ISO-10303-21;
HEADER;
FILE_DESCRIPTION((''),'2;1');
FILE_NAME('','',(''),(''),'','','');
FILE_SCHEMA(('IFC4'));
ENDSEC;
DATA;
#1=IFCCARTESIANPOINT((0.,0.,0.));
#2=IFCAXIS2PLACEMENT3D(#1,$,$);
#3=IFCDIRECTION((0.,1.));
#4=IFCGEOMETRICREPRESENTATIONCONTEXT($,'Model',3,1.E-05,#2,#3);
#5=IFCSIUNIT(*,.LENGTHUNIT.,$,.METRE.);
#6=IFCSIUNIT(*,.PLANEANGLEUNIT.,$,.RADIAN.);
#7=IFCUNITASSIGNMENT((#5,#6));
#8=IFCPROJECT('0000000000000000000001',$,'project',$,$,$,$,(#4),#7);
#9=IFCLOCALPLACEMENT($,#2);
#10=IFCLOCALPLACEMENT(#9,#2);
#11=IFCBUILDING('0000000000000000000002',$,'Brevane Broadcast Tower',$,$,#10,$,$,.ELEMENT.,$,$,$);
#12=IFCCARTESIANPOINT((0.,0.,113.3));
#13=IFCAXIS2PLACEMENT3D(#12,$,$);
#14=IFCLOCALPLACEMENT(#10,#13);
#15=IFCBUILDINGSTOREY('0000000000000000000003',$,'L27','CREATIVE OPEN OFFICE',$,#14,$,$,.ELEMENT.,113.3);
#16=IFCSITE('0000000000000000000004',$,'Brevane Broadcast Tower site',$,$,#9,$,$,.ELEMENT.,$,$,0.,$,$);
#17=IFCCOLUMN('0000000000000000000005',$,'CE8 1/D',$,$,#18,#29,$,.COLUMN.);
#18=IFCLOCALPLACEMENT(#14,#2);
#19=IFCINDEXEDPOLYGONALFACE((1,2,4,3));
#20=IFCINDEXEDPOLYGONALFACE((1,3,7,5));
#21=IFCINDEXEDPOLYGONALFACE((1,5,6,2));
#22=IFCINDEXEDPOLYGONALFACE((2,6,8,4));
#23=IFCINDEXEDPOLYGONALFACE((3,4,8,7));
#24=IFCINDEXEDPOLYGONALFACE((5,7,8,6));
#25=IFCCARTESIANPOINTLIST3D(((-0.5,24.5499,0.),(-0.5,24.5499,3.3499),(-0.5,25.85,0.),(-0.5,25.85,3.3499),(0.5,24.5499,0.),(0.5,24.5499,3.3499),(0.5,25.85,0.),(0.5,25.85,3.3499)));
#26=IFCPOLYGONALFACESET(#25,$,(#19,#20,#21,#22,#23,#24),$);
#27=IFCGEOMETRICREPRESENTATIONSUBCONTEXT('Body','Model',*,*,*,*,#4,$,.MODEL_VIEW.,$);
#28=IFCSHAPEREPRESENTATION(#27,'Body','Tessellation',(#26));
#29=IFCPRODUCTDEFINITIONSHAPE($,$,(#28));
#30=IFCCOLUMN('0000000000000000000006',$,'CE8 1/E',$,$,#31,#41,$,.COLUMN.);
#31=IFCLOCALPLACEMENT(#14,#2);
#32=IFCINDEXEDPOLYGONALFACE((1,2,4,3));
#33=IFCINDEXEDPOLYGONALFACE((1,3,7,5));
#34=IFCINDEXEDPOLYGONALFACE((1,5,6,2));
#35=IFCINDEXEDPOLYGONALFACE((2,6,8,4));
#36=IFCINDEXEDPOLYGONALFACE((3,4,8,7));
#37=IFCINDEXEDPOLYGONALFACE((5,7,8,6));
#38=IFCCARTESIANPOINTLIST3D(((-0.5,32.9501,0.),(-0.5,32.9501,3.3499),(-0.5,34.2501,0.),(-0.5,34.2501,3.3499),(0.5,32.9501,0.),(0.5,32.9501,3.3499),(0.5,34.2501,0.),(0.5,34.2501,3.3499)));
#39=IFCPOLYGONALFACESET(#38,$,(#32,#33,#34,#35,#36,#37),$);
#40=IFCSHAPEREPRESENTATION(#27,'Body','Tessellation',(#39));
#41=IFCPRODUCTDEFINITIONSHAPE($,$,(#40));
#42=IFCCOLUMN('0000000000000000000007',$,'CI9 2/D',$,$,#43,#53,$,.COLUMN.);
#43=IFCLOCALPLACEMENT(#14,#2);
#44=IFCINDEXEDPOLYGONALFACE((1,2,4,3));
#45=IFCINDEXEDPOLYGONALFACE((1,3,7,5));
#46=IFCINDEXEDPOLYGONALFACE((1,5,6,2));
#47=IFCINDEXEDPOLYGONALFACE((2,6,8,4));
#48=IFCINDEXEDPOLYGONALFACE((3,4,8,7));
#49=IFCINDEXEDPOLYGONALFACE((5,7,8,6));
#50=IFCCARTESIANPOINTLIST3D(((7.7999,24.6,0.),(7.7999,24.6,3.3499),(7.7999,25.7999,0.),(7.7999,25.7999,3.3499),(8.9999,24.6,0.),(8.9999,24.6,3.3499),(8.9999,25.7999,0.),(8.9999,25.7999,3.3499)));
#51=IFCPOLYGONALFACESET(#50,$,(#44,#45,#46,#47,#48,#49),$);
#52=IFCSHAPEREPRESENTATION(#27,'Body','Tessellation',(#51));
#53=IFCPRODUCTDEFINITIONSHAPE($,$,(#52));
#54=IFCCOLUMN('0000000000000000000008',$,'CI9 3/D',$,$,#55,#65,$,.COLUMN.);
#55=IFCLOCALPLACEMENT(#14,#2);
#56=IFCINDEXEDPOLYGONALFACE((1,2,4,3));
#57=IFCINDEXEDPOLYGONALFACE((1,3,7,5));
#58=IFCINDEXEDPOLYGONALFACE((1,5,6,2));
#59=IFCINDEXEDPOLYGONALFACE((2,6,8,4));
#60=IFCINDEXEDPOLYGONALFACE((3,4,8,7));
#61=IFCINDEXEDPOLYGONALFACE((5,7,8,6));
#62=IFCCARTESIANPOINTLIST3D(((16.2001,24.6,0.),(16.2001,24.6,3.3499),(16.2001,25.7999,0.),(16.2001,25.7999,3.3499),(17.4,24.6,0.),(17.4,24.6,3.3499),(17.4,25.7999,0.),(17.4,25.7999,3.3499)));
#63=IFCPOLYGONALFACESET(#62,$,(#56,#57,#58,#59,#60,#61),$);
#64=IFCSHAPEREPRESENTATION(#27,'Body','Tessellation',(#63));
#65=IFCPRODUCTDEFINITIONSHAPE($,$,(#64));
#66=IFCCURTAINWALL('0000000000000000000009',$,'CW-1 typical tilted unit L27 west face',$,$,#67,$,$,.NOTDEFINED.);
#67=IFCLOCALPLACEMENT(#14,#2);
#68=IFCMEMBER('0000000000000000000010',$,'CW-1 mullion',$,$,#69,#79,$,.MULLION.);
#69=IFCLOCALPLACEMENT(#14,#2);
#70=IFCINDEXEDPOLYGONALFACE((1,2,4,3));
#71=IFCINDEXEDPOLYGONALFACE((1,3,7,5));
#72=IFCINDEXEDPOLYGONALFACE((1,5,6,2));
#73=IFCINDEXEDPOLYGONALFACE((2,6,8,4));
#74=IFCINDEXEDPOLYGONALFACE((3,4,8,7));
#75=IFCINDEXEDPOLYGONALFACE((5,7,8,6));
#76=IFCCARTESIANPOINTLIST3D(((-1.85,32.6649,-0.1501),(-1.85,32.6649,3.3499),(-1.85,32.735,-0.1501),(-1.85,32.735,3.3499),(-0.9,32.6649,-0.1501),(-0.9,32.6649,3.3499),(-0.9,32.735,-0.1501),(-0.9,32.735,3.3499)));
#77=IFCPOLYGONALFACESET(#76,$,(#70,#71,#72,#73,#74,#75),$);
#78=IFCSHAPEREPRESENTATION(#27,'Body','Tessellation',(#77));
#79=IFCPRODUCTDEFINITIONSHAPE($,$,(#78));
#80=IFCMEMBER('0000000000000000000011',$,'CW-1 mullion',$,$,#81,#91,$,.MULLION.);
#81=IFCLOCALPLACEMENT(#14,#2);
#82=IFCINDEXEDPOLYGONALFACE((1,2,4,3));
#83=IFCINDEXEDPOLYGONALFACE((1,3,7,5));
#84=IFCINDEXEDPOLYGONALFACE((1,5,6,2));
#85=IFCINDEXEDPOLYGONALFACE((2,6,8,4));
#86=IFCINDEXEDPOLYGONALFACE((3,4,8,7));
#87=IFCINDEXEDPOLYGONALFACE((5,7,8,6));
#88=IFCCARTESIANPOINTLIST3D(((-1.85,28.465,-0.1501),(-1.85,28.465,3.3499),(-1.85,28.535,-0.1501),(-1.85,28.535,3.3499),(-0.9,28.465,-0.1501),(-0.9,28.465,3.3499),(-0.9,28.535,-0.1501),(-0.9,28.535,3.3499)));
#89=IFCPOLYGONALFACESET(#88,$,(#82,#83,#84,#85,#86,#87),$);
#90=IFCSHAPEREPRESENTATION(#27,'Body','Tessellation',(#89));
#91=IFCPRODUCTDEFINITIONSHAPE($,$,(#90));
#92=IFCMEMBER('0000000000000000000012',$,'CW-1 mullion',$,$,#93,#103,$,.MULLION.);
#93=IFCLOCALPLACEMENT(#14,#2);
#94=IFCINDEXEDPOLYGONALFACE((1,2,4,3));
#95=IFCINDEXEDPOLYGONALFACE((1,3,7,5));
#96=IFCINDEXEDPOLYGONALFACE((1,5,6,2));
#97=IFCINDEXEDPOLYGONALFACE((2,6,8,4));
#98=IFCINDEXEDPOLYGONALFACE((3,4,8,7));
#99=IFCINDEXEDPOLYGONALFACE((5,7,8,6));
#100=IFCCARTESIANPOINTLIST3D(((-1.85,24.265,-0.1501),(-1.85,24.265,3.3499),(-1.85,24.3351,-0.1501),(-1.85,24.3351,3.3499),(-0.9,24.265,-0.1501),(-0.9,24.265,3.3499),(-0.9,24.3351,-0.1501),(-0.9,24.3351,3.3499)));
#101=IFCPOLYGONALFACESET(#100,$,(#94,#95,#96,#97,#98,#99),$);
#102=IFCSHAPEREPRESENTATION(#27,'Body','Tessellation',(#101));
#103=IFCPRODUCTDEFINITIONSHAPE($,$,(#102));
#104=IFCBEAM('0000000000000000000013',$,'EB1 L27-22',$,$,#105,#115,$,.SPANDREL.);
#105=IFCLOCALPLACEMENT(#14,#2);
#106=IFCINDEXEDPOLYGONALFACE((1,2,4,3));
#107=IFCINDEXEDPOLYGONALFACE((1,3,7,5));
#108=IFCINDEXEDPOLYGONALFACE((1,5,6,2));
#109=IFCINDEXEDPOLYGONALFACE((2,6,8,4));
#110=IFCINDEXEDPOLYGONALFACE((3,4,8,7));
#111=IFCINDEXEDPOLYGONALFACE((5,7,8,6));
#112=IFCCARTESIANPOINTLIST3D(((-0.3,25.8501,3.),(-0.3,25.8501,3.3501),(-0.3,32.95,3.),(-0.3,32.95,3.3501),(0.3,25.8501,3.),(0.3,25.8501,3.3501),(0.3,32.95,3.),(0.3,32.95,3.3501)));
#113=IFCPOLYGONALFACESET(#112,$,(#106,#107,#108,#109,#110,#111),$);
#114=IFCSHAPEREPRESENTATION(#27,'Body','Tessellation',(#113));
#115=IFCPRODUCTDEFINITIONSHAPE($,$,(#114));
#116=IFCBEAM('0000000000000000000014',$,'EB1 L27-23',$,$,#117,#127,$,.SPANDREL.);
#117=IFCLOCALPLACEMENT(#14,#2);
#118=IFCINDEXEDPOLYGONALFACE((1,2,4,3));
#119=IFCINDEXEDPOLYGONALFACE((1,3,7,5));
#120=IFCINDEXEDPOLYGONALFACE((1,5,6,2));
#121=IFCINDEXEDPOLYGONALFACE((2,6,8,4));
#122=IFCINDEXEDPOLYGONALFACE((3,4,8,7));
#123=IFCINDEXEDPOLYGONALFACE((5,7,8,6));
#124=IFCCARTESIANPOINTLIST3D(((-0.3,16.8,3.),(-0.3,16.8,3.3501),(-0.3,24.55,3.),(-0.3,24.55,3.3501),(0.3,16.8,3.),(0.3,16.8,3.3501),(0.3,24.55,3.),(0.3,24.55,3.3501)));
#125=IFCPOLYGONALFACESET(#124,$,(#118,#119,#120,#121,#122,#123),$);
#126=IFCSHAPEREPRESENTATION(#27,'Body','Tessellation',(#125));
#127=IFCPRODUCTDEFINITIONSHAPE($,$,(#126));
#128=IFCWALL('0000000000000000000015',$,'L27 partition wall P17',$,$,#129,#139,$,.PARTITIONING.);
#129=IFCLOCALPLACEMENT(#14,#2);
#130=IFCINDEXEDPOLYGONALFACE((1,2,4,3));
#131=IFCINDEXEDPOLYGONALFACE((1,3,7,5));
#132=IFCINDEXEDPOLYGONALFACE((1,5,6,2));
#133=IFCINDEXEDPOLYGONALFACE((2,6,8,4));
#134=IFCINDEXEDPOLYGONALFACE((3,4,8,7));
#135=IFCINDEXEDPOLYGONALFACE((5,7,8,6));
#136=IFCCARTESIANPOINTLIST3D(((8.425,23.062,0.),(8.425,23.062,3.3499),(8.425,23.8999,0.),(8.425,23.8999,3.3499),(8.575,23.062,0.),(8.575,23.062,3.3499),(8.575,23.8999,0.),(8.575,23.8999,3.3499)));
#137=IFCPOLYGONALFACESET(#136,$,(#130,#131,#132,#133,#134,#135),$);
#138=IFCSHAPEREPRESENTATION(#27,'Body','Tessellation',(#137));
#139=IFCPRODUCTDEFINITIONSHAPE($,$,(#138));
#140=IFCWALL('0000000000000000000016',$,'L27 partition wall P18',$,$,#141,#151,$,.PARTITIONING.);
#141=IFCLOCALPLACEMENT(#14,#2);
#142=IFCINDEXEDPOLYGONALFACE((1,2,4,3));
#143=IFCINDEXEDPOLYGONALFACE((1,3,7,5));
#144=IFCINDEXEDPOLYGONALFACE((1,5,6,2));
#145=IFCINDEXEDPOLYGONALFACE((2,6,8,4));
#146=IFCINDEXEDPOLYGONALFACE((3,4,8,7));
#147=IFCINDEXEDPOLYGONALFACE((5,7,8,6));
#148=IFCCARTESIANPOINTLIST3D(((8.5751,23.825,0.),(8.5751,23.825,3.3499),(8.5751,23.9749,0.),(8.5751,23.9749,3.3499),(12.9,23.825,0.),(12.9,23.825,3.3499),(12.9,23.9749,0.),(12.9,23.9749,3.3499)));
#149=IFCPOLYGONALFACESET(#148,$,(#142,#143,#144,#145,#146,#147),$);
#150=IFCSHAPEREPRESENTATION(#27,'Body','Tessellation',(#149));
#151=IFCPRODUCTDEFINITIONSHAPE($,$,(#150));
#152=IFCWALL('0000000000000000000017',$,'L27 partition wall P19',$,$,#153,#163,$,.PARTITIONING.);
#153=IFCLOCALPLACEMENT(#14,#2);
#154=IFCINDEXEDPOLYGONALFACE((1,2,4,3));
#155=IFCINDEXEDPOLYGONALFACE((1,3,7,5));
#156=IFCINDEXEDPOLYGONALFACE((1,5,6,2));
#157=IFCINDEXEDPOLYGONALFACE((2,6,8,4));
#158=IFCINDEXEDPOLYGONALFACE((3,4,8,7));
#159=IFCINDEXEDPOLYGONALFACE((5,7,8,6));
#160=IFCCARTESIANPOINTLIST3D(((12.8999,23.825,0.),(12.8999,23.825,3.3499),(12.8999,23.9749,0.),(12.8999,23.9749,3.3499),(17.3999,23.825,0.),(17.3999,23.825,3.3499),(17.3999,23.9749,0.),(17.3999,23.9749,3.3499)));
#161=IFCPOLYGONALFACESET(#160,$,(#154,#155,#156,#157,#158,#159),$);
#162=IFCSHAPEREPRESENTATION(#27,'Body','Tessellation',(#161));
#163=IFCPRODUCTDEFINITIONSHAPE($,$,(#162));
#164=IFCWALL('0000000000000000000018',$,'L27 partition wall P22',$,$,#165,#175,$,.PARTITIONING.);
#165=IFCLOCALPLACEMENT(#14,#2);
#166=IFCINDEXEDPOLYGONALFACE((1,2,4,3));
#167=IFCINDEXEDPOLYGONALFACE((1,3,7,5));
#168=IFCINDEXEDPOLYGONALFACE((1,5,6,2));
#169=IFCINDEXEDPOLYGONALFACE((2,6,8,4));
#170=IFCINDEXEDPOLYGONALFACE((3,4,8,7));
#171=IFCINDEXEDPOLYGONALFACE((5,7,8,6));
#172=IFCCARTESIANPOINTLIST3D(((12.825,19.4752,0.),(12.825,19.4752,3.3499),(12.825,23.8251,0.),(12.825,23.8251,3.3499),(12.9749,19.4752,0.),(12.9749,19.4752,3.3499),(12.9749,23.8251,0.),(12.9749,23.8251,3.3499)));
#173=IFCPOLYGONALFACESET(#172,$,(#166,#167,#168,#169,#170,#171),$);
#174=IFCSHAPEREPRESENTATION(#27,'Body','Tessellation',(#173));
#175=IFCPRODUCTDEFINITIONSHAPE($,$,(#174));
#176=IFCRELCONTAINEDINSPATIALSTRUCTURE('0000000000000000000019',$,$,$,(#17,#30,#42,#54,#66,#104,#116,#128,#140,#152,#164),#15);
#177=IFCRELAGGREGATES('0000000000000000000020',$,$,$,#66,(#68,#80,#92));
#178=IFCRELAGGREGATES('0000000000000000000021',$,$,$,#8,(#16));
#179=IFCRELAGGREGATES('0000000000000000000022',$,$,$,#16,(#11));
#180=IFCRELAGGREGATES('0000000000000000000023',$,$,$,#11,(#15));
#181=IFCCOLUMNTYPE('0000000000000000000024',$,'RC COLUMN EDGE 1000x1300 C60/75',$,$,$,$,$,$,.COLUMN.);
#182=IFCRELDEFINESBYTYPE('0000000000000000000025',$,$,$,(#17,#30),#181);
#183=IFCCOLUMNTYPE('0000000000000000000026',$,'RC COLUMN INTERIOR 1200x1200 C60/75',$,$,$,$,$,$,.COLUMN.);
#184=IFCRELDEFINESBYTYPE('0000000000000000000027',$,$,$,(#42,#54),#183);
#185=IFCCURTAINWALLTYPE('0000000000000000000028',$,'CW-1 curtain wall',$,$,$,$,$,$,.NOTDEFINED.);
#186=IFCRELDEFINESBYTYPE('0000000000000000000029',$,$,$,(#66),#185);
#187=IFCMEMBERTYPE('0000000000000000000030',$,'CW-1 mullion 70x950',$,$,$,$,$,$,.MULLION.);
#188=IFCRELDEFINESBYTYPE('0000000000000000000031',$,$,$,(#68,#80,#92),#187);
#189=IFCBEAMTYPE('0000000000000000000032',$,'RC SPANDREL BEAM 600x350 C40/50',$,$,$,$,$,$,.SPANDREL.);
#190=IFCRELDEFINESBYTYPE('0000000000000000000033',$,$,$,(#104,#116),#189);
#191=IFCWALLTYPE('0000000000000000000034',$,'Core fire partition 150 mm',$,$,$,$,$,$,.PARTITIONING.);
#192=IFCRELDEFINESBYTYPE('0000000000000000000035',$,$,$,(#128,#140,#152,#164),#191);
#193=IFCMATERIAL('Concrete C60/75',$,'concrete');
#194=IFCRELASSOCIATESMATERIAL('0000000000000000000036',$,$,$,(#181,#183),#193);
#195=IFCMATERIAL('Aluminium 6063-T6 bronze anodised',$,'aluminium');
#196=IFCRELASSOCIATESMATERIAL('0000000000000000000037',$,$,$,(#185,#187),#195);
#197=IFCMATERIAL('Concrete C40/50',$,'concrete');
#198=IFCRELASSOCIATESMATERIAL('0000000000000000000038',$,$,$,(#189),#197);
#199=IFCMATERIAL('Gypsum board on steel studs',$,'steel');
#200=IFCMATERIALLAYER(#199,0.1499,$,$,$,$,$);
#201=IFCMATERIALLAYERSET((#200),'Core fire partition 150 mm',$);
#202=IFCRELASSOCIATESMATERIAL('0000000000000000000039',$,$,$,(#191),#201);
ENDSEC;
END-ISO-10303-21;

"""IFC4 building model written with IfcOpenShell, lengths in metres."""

from ifc_helpers import new_model, si_unit, direction, frame, frame_2d, origin, origin_2d, place, context, subcontext, project, spatial, rectangle, extrude, material, layer, layer_set, material_profile, profile_set, type_object, element, aggregate, save


model = new_model("IFC4")

# Units and contexts
model_context = context("Model", 3, precision=1e-05, world=origin(), true_north=direction((0.0, 1.0)))
body_context = subcontext(model_context, "Body", "Model", "MODEL_VIEW")
ifc_project = project(units=[si_unit("LENGTHUNIT", "METRE"), si_unit("PLANEANGLEUNIT", "RADIAN")], contexts=[model_context])

# Site, building, storey
site_placement = place(None, origin())
site = spatial("IfcSite", under=ifc_project, at=site_placement, Name="Brevane Broadcast Tower site", CompositionType="ELEMENT", RefElevation=0.0)
building_placement = place(site_placement, origin())
building = spatial("IfcBuilding", under=site, at=building_placement, Name="Brevane Broadcast Tower", CompositionType="ELEMENT")
storey_placement = place(building_placement, frame((0.0, 0.0, 113.3)))
storey = spatial("IfcBuildingStorey", under=building, at=storey_placement, Name="L27", Description="CREATIVE OPEN OFFICE", CompositionType="ELEMENT", Elevation=113.3)

# Columns
ifc_material_1 = material(Name="Concrete C60/75", Category="concrete")
ifc_material_profile_1 = material_profile(ifc_material_1, rectangle(XDim=1.0, YDim=1.3, at=origin_2d()), Name="RC 1000x1300")
ifc_profile_set_1 = profile_set([ifc_material_profile_1], Name="Concrete C60/75")
column_type_1 = type_object("IfcColumnType", Name="RC COLUMN EDGE 1000x1300 C60/75", PredefinedType="COLUMN", material=ifc_profile_set_1)
for number, where, z_axis, x_axis, name in (
    (1, (0.0, 25.2, 0.0), (0.0, 0.0, 1.0), (1.0, 0.0, 0.0), "CE8 1/D"),
    (2, (0.0, 33.6001, 0.0), (0.0, 0.0, 1.0), (1.0, 0.0, 0.0), "CE8 1/E"),
):
    element("IfcColumn", number, at=place(storey_placement, frame(where, z_axis=z_axis, x_axis=x_axis)), inside=storey, type_object=column_type_1, Name=name, PredefinedType="COLUMN", context=body_context, shape_type="SweptSolid", body=[
        extrude(rectangle(XDim=1.0, YDim=1.3, at=origin_2d()), origin(), (0.0, 0.0, 1.0), 3.3499),
    ])
ifc_material_profile_2 = material_profile(ifc_material_1, rectangle(XDim=1.2, YDim=1.2, at=origin_2d()), Name="RC 1200x1200")
ifc_profile_set_2 = profile_set([ifc_material_profile_2], Name="Concrete C60/75")
column_type_2 = type_object("IfcColumnType", Name="RC COLUMN INTERIOR 1200x1200 C60/75", PredefinedType="COLUMN", material=ifc_profile_set_2)
for number, where, z_axis, x_axis, name in (
    (3, (8.3999, 25.2, 0.0), (0.0, 0.0, 1.0), (1.0, 0.0, 0.0), "CI9 2/D"),
    (4, (16.8, 25.2, 0.0), (0.0, 0.0, 1.0), (1.0, 0.0, 0.0), "CI9 3/D"),
):
    element("IfcColumn", number, at=place(storey_placement, frame(where, z_axis=z_axis, x_axis=x_axis)), inside=storey, type_object=column_type_2, Name=name, PredefinedType="COLUMN", context=body_context, shape_type="SweptSolid", body=[
        extrude(rectangle(XDim=1.2, YDim=1.2, at=origin_2d()), origin(), (0.0, 0.0, 1.0), 3.3499),
    ])

# Curtain wall, members
ifc_material_2 = material(Name="Aluminium 6063-T6 bronze anodised", Category="aluminium")
curtain_wall_type = type_object("IfcCurtainWallType", Name="CW-1 curtain wall", PredefinedType="NOTDEFINED", material=ifc_material_2)
curtain_wall_placement = place(storey_placement, origin())
curtain_wall = element("IfcCurtainWall", 5, at=curtain_wall_placement, inside=storey, type_object=curtain_wall_type, Name="CW-1 typical tilted unit L27 west face", PredefinedType="NOTDEFINED")
ifc_material_profile_3 = material_profile(ifc_material_2, rectangle(XDim=0.95, YDim=0.0701, at=origin_2d()), Name="RECT 70x950")
ifc_profile_set_3 = profile_set([ifc_material_profile_3], Name="Aluminium 6063-T6 bronze anodised")
member_type = type_object("IfcMemberType", Name="CW-1 mullion 70x950", PredefinedType="MULLION", material=ifc_profile_set_3)
member_1_placement = place(storey_placement, frame((-1.375, 32.7, -0.1501), z_axis=(0.0, 0.0, 1.0), x_axis=(1.0, 0.0, 0.0)))
member_1 = element("IfcMember", 6, at=member_1_placement, type_object=member_type, Name="CW-1 mullion", PredefinedType="MULLION", context=body_context, shape_type="SweptSolid", body=[
    extrude(rectangle(XDim=0.95, YDim=0.0701, at=origin_2d()), origin(), (0.0, 0.0, 1.0), 3.5),
])
member_2_placement = place(storey_placement, frame((-1.375, 28.5, -0.1501), z_axis=(0.0, 0.0, 1.0), x_axis=(1.0, 0.0, 0.0)))
member_2 = element("IfcMember", 7, at=member_2_placement, type_object=member_type, Name="CW-1 mullion", PredefinedType="MULLION", context=body_context, shape_type="SweptSolid", body=[
    extrude(rectangle(XDim=0.95, YDim=0.0701, at=origin_2d()), origin(), (0.0, 0.0, 1.0), 3.5),
])
member_3_placement = place(storey_placement, frame((-1.375, 24.3, -0.1501), z_axis=(0.0, 0.0, 1.0), x_axis=(1.0, 0.0, 0.0)))
member_3 = element("IfcMember", 8, at=member_3_placement, type_object=member_type, Name="CW-1 mullion", PredefinedType="MULLION", context=body_context, shape_type="SweptSolid", body=[
    extrude(rectangle(XDim=0.95, YDim=0.0701, at=origin_2d()), origin(), (0.0, 0.0, 1.0), 3.5),
])
aggregate(curtain_wall, [member_1, member_2, member_3])

# Beams
ifc_material_3 = material(Name="Concrete C40/50", Category="concrete")
ifc_material_profile_4 = material_profile(ifc_material_3, rectangle(XDim=0.6001, YDim=0.3501, at=origin_2d()), Name="RC 600x350")
ifc_profile_set_4 = profile_set([ifc_material_profile_4], Name="Concrete C40/50")
beam_type = type_object("IfcBeamType", Name="RC SPANDREL BEAM 600x350 C40/50", PredefinedType="SPANDREL", material=ifc_profile_set_4)
beam_1_placement = place(storey_placement, frame((0.0, 32.95, 3.175), z_axis=(0.0, -1.0, 0.0), x_axis=(1.0, 0.0, 0.0)))
element("IfcBeam", 9, at=beam_1_placement, inside=storey, type_object=beam_type, Name="EB1 L27-22", PredefinedType="SPANDREL", context=body_context, shape_type="SweptSolid", body=[
    extrude(rectangle(XDim=0.6001, YDim=0.3501, at=origin_2d()), origin(), (0.0, 0.0, 1.0), 7.0999),
])
beam_2_placement = place(storey_placement, frame((0.0, 24.55, 3.175), z_axis=(0.0, -1.0, 0.0), x_axis=(1.0, 0.0, 0.0)))
element("IfcBeam", 10, at=beam_2_placement, inside=storey, type_object=beam_type, Name="EB1 L27-23", PredefinedType="SPANDREL", context=body_context, shape_type="SweptSolid", body=[
    extrude(rectangle(XDim=0.6001, YDim=0.3501, at=origin_2d()), origin(), (0.0, 0.0, 1.0), 7.75),
])

# Walls
ifc_material_4 = material(Name="Gypsum board on steel studs", Category="steel")
ifc_layer_1 = layer(ifc_material_4, 0.1499)
ifc_layer_set_1 = layer_set([ifc_layer_1], Name="Core fire partition 150 mm")
wall_type_1 = type_object("IfcWallType", Name="Core fire partition 150 mm", PredefinedType="PARTITIONING", material=ifc_layer_set_1)
wall_1_placement = place(storey_placement, frame((8.5, 23.062, 0.0), z_axis=(0.0, 0.0, 1.0), x_axis=(0.0, 1.0, 0.0)))
element("IfcWall", 11, at=wall_1_placement, inside=storey, type_object=wall_type_1, Name="L27 partition wall P17", PredefinedType="PARTITIONING", context=body_context, shape_type="SweptSolid", body=[
    extrude(rectangle(XDim=0.8379, YDim=0.1499, at=frame_2d((0.4189, 0.0))), origin(), (0.0, 0.0, 1.0), 3.3499),
])
wall_2_placement = place(storey_placement, frame((8.575, 23.8999, 0.0), z_axis=(0.0, 0.0, 1.0), x_axis=(1.0, 0.0, 0.0)))
element("IfcWall", 12, at=wall_2_placement, inside=storey, type_object=wall_type_1, Name="L27 partition wall P18", PredefinedType="PARTITIONING", context=body_context, shape_type="SweptSolid", body=[
    extrude(rectangle(XDim=4.325, YDim=0.1499, at=frame_2d((2.1626, 0.0))), origin(), (0.0, 0.0, 1.0), 3.3499),
])
wall_3_placement = place(storey_placement, frame((12.8999, 23.8999, 0.0), z_axis=(0.0, 0.0, 1.0), x_axis=(1.0, 0.0, 0.0)))
element("IfcWall", 13, at=wall_3_placement, inside=storey, type_object=wall_type_1, Name="L27 partition wall P19", PredefinedType="PARTITIONING", context=body_context, shape_type="SweptSolid", body=[
    extrude(rectangle(XDim=4.5, YDim=0.1499, at=frame_2d((2.25, 0.0))), origin(), (0.0, 0.0, 1.0), 3.3499),
])
wall_4_placement = place(storey_placement, frame((12.8999, 23.825, 0.0), z_axis=(0.0, 0.0, 1.0), x_axis=(0.0, -1.0, 0.0)))
element("IfcWall", 14, at=wall_4_placement, inside=storey, type_object=wall_type_1, Name="L27 partition wall P22", PredefinedType="PARTITIONING", context=body_context, shape_type="SweptSolid", body=[
    extrude(rectangle(XDim=4.3499, YDim=0.1499, at=frame_2d((2.1748, 0.0))), origin(), (0.0, 0.0, 1.0), 3.3499),
])

save(model, "model.ifc")
